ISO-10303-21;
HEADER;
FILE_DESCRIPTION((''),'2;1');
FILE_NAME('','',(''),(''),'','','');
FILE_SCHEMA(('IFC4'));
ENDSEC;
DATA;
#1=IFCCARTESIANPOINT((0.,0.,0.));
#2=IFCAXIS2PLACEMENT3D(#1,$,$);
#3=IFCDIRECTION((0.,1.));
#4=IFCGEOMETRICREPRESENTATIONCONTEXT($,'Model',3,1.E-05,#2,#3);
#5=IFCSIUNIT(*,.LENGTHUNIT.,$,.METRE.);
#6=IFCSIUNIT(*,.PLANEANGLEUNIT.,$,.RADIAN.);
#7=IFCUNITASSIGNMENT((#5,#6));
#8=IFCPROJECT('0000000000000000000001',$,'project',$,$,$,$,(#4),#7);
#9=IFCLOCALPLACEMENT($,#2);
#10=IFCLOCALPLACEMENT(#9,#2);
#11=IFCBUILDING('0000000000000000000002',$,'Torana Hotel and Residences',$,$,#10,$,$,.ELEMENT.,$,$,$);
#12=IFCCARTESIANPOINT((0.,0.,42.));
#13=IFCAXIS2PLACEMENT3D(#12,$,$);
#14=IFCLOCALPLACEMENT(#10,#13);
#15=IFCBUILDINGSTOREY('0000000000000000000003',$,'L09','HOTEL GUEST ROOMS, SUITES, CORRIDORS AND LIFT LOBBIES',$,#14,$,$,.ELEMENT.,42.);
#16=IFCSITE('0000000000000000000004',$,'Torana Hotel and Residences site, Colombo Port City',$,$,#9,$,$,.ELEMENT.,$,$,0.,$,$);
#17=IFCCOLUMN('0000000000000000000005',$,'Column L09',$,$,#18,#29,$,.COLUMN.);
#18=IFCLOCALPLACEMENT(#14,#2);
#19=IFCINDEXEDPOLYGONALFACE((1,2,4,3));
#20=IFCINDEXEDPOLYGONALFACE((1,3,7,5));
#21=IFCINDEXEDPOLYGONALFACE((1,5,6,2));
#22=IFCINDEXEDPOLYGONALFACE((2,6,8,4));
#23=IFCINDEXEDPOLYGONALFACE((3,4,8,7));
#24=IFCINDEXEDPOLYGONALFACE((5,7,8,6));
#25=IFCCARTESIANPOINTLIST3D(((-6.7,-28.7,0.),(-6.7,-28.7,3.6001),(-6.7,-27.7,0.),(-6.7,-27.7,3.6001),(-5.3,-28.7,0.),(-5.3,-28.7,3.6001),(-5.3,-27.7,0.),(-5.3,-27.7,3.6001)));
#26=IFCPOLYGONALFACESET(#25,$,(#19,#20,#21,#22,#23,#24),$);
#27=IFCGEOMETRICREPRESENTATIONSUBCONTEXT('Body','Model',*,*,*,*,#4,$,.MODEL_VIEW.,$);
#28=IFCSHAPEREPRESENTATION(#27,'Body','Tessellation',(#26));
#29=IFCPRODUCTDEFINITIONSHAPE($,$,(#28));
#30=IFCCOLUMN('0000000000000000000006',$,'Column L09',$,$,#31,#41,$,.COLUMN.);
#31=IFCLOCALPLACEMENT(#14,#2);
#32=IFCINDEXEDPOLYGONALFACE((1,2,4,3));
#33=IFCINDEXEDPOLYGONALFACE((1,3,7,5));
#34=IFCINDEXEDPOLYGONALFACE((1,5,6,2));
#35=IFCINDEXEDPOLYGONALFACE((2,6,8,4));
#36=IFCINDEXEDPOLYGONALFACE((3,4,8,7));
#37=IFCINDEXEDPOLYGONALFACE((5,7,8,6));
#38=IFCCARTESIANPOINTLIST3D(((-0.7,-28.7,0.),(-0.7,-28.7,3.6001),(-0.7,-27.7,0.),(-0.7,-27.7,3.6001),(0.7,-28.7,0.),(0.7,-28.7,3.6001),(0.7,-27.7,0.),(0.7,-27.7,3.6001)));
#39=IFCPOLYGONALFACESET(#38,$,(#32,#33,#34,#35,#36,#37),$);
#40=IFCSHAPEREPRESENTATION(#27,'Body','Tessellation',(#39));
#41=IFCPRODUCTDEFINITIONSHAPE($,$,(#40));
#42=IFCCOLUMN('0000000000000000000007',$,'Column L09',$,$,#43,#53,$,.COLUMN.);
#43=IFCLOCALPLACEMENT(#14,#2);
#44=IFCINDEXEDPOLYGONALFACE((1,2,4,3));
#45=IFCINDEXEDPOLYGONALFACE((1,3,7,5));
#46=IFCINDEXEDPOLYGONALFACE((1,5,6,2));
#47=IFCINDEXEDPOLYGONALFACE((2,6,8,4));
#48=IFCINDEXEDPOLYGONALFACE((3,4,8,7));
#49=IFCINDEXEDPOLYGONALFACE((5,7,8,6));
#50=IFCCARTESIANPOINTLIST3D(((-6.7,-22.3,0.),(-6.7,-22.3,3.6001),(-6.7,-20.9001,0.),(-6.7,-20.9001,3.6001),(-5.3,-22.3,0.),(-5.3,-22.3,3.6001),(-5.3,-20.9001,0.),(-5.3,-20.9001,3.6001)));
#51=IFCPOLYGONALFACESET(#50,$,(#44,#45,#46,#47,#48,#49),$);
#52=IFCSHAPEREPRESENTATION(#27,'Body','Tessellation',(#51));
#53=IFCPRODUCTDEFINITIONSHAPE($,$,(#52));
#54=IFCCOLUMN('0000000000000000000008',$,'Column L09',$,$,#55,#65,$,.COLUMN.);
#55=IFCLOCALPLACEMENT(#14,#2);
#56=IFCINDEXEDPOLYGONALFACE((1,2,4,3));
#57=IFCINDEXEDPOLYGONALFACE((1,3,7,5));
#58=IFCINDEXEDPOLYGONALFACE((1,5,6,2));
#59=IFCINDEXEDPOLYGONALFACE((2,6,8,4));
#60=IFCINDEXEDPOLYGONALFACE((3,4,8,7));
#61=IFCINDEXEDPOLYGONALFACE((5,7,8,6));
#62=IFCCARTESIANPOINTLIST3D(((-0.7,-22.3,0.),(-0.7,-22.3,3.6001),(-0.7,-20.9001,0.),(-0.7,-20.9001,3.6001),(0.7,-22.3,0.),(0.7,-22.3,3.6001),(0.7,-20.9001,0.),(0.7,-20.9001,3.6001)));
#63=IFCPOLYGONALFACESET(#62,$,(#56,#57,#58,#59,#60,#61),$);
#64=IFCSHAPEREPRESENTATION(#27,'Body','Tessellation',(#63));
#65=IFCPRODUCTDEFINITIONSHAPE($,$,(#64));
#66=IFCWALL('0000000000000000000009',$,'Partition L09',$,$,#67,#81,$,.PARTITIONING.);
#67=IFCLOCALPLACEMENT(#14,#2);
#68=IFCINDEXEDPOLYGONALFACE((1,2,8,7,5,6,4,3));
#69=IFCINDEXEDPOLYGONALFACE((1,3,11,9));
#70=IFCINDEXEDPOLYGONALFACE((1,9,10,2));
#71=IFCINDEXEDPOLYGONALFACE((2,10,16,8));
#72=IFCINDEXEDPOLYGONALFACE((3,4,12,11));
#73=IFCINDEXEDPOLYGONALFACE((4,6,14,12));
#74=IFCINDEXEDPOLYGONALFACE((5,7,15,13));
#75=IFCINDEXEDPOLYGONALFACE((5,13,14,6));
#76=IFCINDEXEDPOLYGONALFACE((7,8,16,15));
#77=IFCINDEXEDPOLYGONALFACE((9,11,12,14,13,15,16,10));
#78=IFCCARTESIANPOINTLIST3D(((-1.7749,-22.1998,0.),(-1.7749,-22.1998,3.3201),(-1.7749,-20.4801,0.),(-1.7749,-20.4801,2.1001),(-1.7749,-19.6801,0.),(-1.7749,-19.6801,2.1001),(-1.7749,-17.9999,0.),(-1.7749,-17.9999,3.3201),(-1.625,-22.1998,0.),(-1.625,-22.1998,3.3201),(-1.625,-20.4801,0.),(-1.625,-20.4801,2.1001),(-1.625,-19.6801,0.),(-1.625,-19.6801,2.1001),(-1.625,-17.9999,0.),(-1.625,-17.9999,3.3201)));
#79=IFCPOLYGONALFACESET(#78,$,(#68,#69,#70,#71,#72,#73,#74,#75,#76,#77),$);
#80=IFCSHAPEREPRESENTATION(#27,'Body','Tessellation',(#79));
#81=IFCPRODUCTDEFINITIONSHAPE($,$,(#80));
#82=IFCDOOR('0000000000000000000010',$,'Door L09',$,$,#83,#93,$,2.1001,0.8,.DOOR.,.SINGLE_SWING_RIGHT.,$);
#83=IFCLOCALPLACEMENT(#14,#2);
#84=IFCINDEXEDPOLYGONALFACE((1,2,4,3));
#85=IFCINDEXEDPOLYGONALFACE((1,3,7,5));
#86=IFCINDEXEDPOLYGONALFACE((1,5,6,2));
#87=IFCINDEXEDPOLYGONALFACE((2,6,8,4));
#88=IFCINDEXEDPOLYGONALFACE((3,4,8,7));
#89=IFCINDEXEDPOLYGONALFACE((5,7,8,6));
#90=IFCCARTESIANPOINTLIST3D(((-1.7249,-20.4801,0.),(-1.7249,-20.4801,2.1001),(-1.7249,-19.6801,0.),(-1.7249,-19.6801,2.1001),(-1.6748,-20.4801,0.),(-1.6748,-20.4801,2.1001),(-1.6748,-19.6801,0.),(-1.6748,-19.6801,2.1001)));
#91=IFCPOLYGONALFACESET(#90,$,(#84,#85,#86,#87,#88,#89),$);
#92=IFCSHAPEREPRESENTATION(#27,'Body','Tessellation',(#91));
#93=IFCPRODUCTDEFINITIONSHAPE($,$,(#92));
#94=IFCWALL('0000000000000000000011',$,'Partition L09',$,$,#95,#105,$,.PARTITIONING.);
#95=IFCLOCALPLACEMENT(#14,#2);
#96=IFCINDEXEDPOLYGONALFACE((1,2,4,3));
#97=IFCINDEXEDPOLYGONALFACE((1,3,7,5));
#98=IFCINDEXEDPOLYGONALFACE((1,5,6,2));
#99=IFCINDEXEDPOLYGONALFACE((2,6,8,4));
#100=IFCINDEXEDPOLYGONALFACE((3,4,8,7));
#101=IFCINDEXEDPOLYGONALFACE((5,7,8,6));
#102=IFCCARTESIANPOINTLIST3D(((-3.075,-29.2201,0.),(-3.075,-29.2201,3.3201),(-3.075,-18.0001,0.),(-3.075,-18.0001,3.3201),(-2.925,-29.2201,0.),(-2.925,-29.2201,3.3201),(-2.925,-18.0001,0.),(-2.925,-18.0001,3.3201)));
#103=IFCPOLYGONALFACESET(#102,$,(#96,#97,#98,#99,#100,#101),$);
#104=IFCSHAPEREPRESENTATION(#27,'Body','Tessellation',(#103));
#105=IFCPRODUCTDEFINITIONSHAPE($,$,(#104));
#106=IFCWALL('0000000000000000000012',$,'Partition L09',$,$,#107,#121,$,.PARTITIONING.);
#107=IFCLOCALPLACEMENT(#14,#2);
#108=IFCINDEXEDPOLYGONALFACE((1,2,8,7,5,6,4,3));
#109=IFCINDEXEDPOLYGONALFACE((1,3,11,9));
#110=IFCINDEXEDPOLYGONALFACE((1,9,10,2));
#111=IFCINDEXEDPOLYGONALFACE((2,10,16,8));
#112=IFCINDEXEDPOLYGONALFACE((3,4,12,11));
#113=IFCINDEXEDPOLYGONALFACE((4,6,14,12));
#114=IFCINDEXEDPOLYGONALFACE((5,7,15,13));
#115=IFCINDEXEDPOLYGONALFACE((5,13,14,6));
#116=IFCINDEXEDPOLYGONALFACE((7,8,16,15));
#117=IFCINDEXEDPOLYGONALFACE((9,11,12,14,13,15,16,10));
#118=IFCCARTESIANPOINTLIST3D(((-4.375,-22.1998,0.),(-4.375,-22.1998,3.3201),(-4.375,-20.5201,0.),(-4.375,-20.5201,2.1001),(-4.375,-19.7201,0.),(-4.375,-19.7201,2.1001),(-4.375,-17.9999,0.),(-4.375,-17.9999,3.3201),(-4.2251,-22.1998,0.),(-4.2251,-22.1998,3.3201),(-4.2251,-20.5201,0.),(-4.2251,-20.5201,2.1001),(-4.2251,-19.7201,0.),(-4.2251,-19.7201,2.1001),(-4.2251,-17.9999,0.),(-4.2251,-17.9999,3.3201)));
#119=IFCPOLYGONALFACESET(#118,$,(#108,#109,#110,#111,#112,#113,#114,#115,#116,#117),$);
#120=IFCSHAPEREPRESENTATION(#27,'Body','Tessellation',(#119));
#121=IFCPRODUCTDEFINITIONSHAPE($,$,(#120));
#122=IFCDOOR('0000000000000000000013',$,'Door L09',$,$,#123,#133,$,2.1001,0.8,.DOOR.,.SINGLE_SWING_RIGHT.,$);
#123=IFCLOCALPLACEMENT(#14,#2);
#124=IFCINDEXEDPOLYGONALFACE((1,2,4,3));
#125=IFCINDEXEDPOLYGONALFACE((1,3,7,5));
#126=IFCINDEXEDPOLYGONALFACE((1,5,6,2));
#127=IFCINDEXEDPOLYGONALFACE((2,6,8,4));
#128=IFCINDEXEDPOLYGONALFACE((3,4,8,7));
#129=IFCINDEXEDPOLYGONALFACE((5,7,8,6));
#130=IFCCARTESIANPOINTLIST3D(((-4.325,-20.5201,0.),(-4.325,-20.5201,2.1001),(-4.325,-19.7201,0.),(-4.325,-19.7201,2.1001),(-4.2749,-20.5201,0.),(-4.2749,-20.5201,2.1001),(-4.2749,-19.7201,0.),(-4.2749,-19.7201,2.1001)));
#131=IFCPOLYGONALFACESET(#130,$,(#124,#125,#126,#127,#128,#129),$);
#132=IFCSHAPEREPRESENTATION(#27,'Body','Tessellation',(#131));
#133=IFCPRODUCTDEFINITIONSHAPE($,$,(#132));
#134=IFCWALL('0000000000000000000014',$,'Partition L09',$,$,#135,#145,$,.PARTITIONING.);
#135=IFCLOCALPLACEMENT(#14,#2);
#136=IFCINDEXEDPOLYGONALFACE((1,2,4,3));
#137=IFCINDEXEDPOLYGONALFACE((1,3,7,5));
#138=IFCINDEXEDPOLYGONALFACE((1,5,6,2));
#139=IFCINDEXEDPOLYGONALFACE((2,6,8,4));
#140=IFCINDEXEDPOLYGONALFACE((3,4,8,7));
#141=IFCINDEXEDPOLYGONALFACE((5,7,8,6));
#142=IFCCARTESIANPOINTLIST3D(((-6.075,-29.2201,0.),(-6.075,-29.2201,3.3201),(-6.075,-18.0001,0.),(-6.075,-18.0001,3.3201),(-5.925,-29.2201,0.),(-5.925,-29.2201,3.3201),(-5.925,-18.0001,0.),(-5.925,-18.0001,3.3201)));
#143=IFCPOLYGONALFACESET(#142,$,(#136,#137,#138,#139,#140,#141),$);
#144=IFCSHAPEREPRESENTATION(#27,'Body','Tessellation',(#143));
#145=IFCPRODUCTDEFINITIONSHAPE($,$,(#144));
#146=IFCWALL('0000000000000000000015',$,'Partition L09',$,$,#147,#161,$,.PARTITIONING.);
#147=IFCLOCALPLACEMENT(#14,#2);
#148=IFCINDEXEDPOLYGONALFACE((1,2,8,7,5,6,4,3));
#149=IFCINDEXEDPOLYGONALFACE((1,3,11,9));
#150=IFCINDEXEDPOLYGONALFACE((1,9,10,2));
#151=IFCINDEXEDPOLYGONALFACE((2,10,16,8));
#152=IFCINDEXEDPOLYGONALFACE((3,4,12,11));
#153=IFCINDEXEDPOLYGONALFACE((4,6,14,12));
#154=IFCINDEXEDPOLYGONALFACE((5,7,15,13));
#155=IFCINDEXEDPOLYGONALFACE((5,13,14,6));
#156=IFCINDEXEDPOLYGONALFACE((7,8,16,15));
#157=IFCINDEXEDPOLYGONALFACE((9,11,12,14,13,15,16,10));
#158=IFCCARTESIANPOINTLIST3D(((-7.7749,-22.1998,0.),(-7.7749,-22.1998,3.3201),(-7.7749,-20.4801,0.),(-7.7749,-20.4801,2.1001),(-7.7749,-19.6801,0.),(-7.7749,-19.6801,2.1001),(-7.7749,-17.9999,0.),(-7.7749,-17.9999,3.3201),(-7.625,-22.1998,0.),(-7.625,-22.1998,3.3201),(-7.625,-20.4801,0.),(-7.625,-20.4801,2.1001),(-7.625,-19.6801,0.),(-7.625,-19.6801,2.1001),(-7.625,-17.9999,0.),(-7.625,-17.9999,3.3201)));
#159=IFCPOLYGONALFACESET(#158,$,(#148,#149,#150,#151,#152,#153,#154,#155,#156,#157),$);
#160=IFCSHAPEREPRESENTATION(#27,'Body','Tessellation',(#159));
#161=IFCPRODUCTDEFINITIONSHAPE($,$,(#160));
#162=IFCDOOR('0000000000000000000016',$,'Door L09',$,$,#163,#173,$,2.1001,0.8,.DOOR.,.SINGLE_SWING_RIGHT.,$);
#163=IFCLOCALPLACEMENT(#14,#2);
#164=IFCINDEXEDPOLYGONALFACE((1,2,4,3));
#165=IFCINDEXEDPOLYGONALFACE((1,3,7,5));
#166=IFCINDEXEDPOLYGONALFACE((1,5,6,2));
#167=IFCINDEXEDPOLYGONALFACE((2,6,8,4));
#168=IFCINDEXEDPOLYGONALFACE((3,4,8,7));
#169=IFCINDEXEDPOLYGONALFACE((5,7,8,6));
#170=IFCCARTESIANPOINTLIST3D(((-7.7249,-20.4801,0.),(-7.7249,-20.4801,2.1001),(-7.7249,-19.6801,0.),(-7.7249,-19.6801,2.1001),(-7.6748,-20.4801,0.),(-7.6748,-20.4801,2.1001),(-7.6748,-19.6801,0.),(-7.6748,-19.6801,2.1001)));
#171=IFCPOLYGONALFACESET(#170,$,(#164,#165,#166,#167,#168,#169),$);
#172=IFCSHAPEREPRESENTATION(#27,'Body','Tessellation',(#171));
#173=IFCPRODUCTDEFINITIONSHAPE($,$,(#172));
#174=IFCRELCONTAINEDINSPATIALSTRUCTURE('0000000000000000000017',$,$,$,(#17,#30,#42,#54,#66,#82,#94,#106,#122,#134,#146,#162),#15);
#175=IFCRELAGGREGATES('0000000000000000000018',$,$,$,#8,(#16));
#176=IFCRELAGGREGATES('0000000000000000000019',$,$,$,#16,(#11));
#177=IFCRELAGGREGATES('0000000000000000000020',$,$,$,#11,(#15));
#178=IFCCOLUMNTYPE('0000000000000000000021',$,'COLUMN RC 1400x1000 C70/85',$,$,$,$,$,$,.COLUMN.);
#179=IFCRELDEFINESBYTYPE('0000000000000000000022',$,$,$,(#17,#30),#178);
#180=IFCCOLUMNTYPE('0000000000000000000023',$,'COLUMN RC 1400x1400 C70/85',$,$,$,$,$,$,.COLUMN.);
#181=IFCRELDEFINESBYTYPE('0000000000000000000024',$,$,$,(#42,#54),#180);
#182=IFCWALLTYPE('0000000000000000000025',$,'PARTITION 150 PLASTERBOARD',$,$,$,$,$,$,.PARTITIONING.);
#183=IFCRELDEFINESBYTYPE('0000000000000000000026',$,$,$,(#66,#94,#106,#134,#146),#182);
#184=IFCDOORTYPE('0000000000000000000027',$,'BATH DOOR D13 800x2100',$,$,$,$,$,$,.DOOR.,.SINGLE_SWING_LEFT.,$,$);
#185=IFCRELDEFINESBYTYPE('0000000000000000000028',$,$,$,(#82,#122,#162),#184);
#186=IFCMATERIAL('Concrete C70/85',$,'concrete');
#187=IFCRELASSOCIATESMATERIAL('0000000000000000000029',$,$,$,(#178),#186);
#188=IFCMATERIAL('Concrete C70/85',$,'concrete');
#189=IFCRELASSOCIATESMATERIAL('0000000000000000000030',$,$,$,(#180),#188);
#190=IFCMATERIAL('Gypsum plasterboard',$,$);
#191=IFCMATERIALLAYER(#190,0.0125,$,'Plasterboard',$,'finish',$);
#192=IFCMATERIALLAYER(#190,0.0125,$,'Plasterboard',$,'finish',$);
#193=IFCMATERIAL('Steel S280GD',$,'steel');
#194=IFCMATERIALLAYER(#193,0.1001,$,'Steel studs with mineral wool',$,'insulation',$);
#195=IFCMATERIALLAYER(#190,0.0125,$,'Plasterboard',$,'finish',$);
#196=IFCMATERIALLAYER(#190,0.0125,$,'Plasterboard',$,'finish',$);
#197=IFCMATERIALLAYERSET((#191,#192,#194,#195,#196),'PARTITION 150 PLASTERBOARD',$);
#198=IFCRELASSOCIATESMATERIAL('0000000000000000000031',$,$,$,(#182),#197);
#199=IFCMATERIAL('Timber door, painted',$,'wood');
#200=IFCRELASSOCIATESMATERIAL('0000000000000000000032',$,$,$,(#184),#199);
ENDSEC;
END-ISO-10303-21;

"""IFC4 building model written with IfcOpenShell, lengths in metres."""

from ifc_helpers import new_model, si_unit, direction, frame, frame_2d, origin, origin_2d, place, context, subcontext, project, spatial, rectangle, extrude, material, layer, layer_set, material_profile, profile_set, type_object, element, fill, save


model = new_model("IFC4")

# Units and contexts
model_context = context("Model", 3, precision=1e-05, world=origin(), true_north=direction((0.0, 1.0)))
body_context = subcontext(model_context, "Body", "Model", "MODEL_VIEW")
ifc_project = project(units=[si_unit("LENGTHUNIT", "METRE"), si_unit("PLANEANGLEUNIT", "RADIAN")], contexts=[model_context])

# Site, building, storey
site_placement = place(None, origin())
site = spatial("IfcSite", under=ifc_project, at=site_placement, Name="Torana Hotel and Residences site, Colombo Port City", CompositionType="ELEMENT", RefElevation=0.0)
building_placement = place(site_placement, origin())
building = spatial("IfcBuilding", under=site, at=building_placement, Name="Torana Hotel and Residences", CompositionType="ELEMENT")
storey_placement = place(building_placement, frame((0.0, 0.0, 42.0)))
storey = spatial("IfcBuildingStorey", under=building, at=storey_placement, Name="L09", Description="HOTEL GUEST ROOMS, SUITES, CORRIDORS AND LIFT LOBBIES", CompositionType="ELEMENT", Elevation=42.0)

# Columns
ifc_material_1 = material(Name="Concrete C70/85", Category="concrete")
ifc_material_profile_1 = material_profile(ifc_material_1, rectangle(XDim=1.3999, YDim=1.0, at=origin_2d()), Name="RC 1400x1000")
ifc_profile_set_1 = profile_set([ifc_material_profile_1], Name="Concrete C70/85")
column_type_1 = type_object("IfcColumnType", Name="COLUMN RC 1400x1000 C70/85", PredefinedType="COLUMN", material=ifc_profile_set_1)
for number, where, z_axis, x_axis, name in (
    (1, (-6.0, -28.2, 0.0), (0.0, 0.0, 1.0), (1.0, 0.0, 0.0), "Column L09"),
    (2, (0.0, -28.2, 0.0), (0.0, 0.0, 1.0), (1.0, 0.0, 0.0), "Column L09"),
):
    element("IfcColumn", number, at=place(storey_placement, frame(where, z_axis=z_axis, x_axis=x_axis)), inside=storey, type_object=column_type_1, Name=name, PredefinedType="COLUMN", context=body_context, shape_type="SweptSolid", body=[
        extrude(rectangle(XDim=1.3999, YDim=1.0, at=origin_2d()), origin(), (0.0, 0.0, 1.0), 3.6001),
    ])
ifc_material_2 = material(Name="Concrete C70/85", Category="concrete")
ifc_material_profile_2 = material_profile(ifc_material_2, rectangle(XDim=1.3999, YDim=1.3999, at=origin_2d()), Name="RC 1400x1400")
ifc_profile_set_2 = profile_set([ifc_material_profile_2], Name="Concrete C70/85")
column_type_2 = type_object("IfcColumnType", Name="COLUMN RC 1400x1400 C70/85", PredefinedType="COLUMN", material=ifc_profile_set_2)
for number, where, z_axis, x_axis, name in (
    (3, (-6.0, -21.6001, 0.0), (0.0, 0.0, 1.0), (1.0, 0.0, 0.0), "Column L09"),
    (4, (0.0, -21.6001, 0.0), (0.0, 0.0, 1.0), (1.0, 0.0, 0.0), "Column L09"),
):
    element("IfcColumn", number, at=place(storey_placement, frame(where, z_axis=z_axis, x_axis=x_axis)), inside=storey, type_object=column_type_2, Name=name, PredefinedType="COLUMN", context=body_context, shape_type="SweptSolid", body=[
        extrude(rectangle(XDim=1.3999, YDim=1.3999, at=origin_2d()), origin(), (0.0, 0.0, 1.0), 3.6001),
    ])

# Wall, opening, door
ifc_material_3 = material(Name="Gypsum plasterboard")
ifc_layer_1 = layer(ifc_material_3, 0.0125, Name="Plasterboard", Category="finish")
ifc_layer_2 = layer(ifc_material_3, 0.0125, Name="Plasterboard", Category="finish")
ifc_material_4 = material(Name="Steel S280GD", Category="steel")
ifc_layer_3 = layer(ifc_material_4, 0.1001, Name="Steel studs with mineral wool", Category="insulation")
ifc_layer_4 = layer(ifc_material_3, 0.0125, Name="Plasterboard", Category="finish")
ifc_layer_5 = layer(ifc_material_3, 0.0125, Name="Plasterboard", Category="finish")
ifc_layer_set_1 = layer_set([ifc_layer_1, ifc_layer_2, ifc_layer_3, ifc_layer_4, ifc_layer_5], Name="PARTITION 150 PLASTERBOARD")
wall_type_1 = type_object("IfcWallType", Name="PARTITION 150 PLASTERBOARD", PredefinedType="PARTITIONING", material=ifc_layer_set_1)
wall_1_placement = place(storey_placement, frame((-1.7, -22.2, 0.0), z_axis=(0.0, 0.0, 1.0), x_axis=(0.0, 1.0, 0.0)))
wall_1 = element("IfcWall", 5, at=wall_1_placement, inside=storey, type_object=wall_type_1, Name="Partition L09", PredefinedType="PARTITIONING", context=body_context, shape_type="SweptSolid", body=[
    extrude(rectangle(XDim=4.2, YDim=0.1499, at=frame_2d((2.1001, 0.0))), origin(), (0.0, 0.0, 1.0), 3.3201),
])
opening_1_placement = place(wall_1_placement, frame((1.72, 0.0, 0.0)))
opening_1 = element("IfcOpeningElement", 6, at=opening_1_placement, cuts=wall_1, PredefinedType="OPENING", context=body_context, shape_type="SweptSolid", body=[
    extrude(rectangle(XDim=0.8, YDim=2.1001, at=frame_2d((0.3999, 1.05))), frame((0.0, 0.085, 0.0), z_axis=(0.0, -1.0, 0.0), x_axis=(1.0, 0.0, 0.0)), (0.0, 0.0, 1.0), 0.1699),
])
ifc_material_5 = material(Name="Timber door, painted", Category="wood")
door_type = type_object("IfcDoorType", Name="BATH DOOR D13 800x2100", OperationType="SINGLE_SWING_LEFT", PredefinedType="DOOR", material=ifc_material_5)
door_1_placement = place(opening_1_placement, origin())
door_1 = element("IfcDoor", 7, at=door_1_placement, inside=storey, type_object=door_type, Name="Door L09", OperationType="SINGLE_SWING_RIGHT", OverallHeight=2.1001, OverallWidth=0.8, PredefinedType="DOOR", context=body_context, shape_type="SweptSolid", body=[
    extrude(rectangle(XDim=0.8, YDim=2.1001, at=frame_2d((0.3999, 1.05))), frame((0.0, 0.0249, 0.0), z_axis=(0.0, -1.0, 0.0), x_axis=(1.0, 0.0, 0.0)), (0.0, 0.0, 1.0), 0.05),
])
fill(opening_1, door_1)

# Wall
wall_2_placement = place(storey_placement, frame((-3.0, -29.22, 0.0), z_axis=(0.0, 0.0, 1.0), x_axis=(0.0, 1.0, 0.0)))
element("IfcWall", 8, at=wall_2_placement, inside=storey, type_object=wall_type_1, Name="Partition L09", PredefinedType="PARTITIONING", context=body_context, shape_type="SweptSolid", body=[
    extrude(rectangle(XDim=11.22, YDim=0.1499, at=frame_2d((5.6099, 0.0))), origin(), (0.0, 0.0, 1.0), 3.3201),
])

# Wall, opening, door
wall_3_placement = place(storey_placement, frame((-4.3, -22.2, 0.0), z_axis=(0.0, 0.0, 1.0), x_axis=(0.0, 1.0, 0.0)))
wall_3 = element("IfcWall", 9, at=wall_3_placement, inside=storey, type_object=wall_type_1, Name="Partition L09", PredefinedType="PARTITIONING", context=body_context, shape_type="SweptSolid", body=[
    extrude(rectangle(XDim=4.2, YDim=0.1499, at=frame_2d((2.1001, 0.0))), origin(), (0.0, 0.0, 1.0), 3.3201),
])
opening_2_placement = place(wall_3_placement, frame((1.6799, 0.0, 0.0)))
opening_2 = element("IfcOpeningElement", 10, at=opening_2_placement, cuts=wall_3, PredefinedType="OPENING", context=body_context, shape_type="SweptSolid", body=[
    extrude(rectangle(XDim=0.8, YDim=2.1001, at=frame_2d((0.3999, 1.05))), frame((0.0, 0.085, 0.0), z_axis=(0.0, -1.0, 0.0), x_axis=(1.0, 0.0, 0.0)), (0.0, 0.0, 1.0), 0.1699),
])
door_2_placement = place(opening_2_placement, origin())
door_2 = element("IfcDoor", 11, at=door_2_placement, inside=storey, type_object=door_type, Name="Door L09", OperationType="SINGLE_SWING_RIGHT", OverallHeight=2.1001, OverallWidth=0.8, PredefinedType="DOOR", context=body_context, shape_type="SweptSolid", body=[
    extrude(rectangle(XDim=0.8, YDim=2.1001, at=frame_2d((0.3999, 1.05))), frame((0.0, 0.0249, 0.0), z_axis=(0.0, -1.0, 0.0), x_axis=(1.0, 0.0, 0.0)), (0.0, 0.0, 1.0), 0.05),
])
fill(opening_2, door_2)

# Wall
wall_4_placement = place(storey_placement, frame((-6.0, -29.22, 0.0), z_axis=(0.0, 0.0, 1.0), x_axis=(0.0, 1.0, 0.0)))
element("IfcWall", 12, at=wall_4_placement, inside=storey, type_object=wall_type_1, Name="Partition L09", PredefinedType="PARTITIONING", context=body_context, shape_type="SweptSolid", body=[
    extrude(rectangle(XDim=11.22, YDim=0.1499, at=frame_2d((5.6099, 0.0))), origin(), (0.0, 0.0, 1.0), 3.3201),
])

# Wall, opening, door
wall_5_placement = place(storey_placement, frame((-7.7, -22.2, 0.0), z_axis=(0.0, 0.0, 1.0), x_axis=(0.0, 1.0, 0.0)))
wall_5 = element("IfcWall", 13, at=wall_5_placement, inside=storey, type_object=wall_type_1, Name="Partition L09", PredefinedType="PARTITIONING", context=body_context, shape_type="SweptSolid", body=[
    extrude(rectangle(XDim=4.2, YDim=0.1499, at=frame_2d((2.1001, 0.0))), origin(), (0.0, 0.0, 1.0), 3.3201),
])
opening_3_placement = place(wall_5_placement, frame((1.72, 0.0, 0.0)))
opening_3 = element("IfcOpeningElement", 14, at=opening_3_placement, cuts=wall_5, PredefinedType="OPENING", context=body_context, shape_type="SweptSolid", body=[
    extrude(rectangle(XDim=0.8, YDim=2.1001, at=frame_2d((0.3999, 1.05))), frame((0.0, 0.085, 0.0), z_axis=(0.0, -1.0, 0.0), x_axis=(1.0, 0.0, 0.0)), (0.0, 0.0, 1.0), 0.1699),
])
door_3_placement = place(opening_3_placement, origin())
door_3 = element("IfcDoor", 15, at=door_3_placement, inside=storey, type_object=door_type, Name="Door L09", OperationType="SINGLE_SWING_RIGHT", OverallHeight=2.1001, OverallWidth=0.8, PredefinedType="DOOR", context=body_context, shape_type="SweptSolid", body=[
    extrude(rectangle(XDim=0.8, YDim=2.1001, at=frame_2d((0.3999, 1.05))), frame((0.0, 0.0249, 0.0), z_axis=(0.0, -1.0, 0.0), x_axis=(1.0, 0.0, 0.0)), (0.0, 0.0, 1.0), 0.05),
])
fill(opening_3, door_3)

save(model, "model.ifc")
